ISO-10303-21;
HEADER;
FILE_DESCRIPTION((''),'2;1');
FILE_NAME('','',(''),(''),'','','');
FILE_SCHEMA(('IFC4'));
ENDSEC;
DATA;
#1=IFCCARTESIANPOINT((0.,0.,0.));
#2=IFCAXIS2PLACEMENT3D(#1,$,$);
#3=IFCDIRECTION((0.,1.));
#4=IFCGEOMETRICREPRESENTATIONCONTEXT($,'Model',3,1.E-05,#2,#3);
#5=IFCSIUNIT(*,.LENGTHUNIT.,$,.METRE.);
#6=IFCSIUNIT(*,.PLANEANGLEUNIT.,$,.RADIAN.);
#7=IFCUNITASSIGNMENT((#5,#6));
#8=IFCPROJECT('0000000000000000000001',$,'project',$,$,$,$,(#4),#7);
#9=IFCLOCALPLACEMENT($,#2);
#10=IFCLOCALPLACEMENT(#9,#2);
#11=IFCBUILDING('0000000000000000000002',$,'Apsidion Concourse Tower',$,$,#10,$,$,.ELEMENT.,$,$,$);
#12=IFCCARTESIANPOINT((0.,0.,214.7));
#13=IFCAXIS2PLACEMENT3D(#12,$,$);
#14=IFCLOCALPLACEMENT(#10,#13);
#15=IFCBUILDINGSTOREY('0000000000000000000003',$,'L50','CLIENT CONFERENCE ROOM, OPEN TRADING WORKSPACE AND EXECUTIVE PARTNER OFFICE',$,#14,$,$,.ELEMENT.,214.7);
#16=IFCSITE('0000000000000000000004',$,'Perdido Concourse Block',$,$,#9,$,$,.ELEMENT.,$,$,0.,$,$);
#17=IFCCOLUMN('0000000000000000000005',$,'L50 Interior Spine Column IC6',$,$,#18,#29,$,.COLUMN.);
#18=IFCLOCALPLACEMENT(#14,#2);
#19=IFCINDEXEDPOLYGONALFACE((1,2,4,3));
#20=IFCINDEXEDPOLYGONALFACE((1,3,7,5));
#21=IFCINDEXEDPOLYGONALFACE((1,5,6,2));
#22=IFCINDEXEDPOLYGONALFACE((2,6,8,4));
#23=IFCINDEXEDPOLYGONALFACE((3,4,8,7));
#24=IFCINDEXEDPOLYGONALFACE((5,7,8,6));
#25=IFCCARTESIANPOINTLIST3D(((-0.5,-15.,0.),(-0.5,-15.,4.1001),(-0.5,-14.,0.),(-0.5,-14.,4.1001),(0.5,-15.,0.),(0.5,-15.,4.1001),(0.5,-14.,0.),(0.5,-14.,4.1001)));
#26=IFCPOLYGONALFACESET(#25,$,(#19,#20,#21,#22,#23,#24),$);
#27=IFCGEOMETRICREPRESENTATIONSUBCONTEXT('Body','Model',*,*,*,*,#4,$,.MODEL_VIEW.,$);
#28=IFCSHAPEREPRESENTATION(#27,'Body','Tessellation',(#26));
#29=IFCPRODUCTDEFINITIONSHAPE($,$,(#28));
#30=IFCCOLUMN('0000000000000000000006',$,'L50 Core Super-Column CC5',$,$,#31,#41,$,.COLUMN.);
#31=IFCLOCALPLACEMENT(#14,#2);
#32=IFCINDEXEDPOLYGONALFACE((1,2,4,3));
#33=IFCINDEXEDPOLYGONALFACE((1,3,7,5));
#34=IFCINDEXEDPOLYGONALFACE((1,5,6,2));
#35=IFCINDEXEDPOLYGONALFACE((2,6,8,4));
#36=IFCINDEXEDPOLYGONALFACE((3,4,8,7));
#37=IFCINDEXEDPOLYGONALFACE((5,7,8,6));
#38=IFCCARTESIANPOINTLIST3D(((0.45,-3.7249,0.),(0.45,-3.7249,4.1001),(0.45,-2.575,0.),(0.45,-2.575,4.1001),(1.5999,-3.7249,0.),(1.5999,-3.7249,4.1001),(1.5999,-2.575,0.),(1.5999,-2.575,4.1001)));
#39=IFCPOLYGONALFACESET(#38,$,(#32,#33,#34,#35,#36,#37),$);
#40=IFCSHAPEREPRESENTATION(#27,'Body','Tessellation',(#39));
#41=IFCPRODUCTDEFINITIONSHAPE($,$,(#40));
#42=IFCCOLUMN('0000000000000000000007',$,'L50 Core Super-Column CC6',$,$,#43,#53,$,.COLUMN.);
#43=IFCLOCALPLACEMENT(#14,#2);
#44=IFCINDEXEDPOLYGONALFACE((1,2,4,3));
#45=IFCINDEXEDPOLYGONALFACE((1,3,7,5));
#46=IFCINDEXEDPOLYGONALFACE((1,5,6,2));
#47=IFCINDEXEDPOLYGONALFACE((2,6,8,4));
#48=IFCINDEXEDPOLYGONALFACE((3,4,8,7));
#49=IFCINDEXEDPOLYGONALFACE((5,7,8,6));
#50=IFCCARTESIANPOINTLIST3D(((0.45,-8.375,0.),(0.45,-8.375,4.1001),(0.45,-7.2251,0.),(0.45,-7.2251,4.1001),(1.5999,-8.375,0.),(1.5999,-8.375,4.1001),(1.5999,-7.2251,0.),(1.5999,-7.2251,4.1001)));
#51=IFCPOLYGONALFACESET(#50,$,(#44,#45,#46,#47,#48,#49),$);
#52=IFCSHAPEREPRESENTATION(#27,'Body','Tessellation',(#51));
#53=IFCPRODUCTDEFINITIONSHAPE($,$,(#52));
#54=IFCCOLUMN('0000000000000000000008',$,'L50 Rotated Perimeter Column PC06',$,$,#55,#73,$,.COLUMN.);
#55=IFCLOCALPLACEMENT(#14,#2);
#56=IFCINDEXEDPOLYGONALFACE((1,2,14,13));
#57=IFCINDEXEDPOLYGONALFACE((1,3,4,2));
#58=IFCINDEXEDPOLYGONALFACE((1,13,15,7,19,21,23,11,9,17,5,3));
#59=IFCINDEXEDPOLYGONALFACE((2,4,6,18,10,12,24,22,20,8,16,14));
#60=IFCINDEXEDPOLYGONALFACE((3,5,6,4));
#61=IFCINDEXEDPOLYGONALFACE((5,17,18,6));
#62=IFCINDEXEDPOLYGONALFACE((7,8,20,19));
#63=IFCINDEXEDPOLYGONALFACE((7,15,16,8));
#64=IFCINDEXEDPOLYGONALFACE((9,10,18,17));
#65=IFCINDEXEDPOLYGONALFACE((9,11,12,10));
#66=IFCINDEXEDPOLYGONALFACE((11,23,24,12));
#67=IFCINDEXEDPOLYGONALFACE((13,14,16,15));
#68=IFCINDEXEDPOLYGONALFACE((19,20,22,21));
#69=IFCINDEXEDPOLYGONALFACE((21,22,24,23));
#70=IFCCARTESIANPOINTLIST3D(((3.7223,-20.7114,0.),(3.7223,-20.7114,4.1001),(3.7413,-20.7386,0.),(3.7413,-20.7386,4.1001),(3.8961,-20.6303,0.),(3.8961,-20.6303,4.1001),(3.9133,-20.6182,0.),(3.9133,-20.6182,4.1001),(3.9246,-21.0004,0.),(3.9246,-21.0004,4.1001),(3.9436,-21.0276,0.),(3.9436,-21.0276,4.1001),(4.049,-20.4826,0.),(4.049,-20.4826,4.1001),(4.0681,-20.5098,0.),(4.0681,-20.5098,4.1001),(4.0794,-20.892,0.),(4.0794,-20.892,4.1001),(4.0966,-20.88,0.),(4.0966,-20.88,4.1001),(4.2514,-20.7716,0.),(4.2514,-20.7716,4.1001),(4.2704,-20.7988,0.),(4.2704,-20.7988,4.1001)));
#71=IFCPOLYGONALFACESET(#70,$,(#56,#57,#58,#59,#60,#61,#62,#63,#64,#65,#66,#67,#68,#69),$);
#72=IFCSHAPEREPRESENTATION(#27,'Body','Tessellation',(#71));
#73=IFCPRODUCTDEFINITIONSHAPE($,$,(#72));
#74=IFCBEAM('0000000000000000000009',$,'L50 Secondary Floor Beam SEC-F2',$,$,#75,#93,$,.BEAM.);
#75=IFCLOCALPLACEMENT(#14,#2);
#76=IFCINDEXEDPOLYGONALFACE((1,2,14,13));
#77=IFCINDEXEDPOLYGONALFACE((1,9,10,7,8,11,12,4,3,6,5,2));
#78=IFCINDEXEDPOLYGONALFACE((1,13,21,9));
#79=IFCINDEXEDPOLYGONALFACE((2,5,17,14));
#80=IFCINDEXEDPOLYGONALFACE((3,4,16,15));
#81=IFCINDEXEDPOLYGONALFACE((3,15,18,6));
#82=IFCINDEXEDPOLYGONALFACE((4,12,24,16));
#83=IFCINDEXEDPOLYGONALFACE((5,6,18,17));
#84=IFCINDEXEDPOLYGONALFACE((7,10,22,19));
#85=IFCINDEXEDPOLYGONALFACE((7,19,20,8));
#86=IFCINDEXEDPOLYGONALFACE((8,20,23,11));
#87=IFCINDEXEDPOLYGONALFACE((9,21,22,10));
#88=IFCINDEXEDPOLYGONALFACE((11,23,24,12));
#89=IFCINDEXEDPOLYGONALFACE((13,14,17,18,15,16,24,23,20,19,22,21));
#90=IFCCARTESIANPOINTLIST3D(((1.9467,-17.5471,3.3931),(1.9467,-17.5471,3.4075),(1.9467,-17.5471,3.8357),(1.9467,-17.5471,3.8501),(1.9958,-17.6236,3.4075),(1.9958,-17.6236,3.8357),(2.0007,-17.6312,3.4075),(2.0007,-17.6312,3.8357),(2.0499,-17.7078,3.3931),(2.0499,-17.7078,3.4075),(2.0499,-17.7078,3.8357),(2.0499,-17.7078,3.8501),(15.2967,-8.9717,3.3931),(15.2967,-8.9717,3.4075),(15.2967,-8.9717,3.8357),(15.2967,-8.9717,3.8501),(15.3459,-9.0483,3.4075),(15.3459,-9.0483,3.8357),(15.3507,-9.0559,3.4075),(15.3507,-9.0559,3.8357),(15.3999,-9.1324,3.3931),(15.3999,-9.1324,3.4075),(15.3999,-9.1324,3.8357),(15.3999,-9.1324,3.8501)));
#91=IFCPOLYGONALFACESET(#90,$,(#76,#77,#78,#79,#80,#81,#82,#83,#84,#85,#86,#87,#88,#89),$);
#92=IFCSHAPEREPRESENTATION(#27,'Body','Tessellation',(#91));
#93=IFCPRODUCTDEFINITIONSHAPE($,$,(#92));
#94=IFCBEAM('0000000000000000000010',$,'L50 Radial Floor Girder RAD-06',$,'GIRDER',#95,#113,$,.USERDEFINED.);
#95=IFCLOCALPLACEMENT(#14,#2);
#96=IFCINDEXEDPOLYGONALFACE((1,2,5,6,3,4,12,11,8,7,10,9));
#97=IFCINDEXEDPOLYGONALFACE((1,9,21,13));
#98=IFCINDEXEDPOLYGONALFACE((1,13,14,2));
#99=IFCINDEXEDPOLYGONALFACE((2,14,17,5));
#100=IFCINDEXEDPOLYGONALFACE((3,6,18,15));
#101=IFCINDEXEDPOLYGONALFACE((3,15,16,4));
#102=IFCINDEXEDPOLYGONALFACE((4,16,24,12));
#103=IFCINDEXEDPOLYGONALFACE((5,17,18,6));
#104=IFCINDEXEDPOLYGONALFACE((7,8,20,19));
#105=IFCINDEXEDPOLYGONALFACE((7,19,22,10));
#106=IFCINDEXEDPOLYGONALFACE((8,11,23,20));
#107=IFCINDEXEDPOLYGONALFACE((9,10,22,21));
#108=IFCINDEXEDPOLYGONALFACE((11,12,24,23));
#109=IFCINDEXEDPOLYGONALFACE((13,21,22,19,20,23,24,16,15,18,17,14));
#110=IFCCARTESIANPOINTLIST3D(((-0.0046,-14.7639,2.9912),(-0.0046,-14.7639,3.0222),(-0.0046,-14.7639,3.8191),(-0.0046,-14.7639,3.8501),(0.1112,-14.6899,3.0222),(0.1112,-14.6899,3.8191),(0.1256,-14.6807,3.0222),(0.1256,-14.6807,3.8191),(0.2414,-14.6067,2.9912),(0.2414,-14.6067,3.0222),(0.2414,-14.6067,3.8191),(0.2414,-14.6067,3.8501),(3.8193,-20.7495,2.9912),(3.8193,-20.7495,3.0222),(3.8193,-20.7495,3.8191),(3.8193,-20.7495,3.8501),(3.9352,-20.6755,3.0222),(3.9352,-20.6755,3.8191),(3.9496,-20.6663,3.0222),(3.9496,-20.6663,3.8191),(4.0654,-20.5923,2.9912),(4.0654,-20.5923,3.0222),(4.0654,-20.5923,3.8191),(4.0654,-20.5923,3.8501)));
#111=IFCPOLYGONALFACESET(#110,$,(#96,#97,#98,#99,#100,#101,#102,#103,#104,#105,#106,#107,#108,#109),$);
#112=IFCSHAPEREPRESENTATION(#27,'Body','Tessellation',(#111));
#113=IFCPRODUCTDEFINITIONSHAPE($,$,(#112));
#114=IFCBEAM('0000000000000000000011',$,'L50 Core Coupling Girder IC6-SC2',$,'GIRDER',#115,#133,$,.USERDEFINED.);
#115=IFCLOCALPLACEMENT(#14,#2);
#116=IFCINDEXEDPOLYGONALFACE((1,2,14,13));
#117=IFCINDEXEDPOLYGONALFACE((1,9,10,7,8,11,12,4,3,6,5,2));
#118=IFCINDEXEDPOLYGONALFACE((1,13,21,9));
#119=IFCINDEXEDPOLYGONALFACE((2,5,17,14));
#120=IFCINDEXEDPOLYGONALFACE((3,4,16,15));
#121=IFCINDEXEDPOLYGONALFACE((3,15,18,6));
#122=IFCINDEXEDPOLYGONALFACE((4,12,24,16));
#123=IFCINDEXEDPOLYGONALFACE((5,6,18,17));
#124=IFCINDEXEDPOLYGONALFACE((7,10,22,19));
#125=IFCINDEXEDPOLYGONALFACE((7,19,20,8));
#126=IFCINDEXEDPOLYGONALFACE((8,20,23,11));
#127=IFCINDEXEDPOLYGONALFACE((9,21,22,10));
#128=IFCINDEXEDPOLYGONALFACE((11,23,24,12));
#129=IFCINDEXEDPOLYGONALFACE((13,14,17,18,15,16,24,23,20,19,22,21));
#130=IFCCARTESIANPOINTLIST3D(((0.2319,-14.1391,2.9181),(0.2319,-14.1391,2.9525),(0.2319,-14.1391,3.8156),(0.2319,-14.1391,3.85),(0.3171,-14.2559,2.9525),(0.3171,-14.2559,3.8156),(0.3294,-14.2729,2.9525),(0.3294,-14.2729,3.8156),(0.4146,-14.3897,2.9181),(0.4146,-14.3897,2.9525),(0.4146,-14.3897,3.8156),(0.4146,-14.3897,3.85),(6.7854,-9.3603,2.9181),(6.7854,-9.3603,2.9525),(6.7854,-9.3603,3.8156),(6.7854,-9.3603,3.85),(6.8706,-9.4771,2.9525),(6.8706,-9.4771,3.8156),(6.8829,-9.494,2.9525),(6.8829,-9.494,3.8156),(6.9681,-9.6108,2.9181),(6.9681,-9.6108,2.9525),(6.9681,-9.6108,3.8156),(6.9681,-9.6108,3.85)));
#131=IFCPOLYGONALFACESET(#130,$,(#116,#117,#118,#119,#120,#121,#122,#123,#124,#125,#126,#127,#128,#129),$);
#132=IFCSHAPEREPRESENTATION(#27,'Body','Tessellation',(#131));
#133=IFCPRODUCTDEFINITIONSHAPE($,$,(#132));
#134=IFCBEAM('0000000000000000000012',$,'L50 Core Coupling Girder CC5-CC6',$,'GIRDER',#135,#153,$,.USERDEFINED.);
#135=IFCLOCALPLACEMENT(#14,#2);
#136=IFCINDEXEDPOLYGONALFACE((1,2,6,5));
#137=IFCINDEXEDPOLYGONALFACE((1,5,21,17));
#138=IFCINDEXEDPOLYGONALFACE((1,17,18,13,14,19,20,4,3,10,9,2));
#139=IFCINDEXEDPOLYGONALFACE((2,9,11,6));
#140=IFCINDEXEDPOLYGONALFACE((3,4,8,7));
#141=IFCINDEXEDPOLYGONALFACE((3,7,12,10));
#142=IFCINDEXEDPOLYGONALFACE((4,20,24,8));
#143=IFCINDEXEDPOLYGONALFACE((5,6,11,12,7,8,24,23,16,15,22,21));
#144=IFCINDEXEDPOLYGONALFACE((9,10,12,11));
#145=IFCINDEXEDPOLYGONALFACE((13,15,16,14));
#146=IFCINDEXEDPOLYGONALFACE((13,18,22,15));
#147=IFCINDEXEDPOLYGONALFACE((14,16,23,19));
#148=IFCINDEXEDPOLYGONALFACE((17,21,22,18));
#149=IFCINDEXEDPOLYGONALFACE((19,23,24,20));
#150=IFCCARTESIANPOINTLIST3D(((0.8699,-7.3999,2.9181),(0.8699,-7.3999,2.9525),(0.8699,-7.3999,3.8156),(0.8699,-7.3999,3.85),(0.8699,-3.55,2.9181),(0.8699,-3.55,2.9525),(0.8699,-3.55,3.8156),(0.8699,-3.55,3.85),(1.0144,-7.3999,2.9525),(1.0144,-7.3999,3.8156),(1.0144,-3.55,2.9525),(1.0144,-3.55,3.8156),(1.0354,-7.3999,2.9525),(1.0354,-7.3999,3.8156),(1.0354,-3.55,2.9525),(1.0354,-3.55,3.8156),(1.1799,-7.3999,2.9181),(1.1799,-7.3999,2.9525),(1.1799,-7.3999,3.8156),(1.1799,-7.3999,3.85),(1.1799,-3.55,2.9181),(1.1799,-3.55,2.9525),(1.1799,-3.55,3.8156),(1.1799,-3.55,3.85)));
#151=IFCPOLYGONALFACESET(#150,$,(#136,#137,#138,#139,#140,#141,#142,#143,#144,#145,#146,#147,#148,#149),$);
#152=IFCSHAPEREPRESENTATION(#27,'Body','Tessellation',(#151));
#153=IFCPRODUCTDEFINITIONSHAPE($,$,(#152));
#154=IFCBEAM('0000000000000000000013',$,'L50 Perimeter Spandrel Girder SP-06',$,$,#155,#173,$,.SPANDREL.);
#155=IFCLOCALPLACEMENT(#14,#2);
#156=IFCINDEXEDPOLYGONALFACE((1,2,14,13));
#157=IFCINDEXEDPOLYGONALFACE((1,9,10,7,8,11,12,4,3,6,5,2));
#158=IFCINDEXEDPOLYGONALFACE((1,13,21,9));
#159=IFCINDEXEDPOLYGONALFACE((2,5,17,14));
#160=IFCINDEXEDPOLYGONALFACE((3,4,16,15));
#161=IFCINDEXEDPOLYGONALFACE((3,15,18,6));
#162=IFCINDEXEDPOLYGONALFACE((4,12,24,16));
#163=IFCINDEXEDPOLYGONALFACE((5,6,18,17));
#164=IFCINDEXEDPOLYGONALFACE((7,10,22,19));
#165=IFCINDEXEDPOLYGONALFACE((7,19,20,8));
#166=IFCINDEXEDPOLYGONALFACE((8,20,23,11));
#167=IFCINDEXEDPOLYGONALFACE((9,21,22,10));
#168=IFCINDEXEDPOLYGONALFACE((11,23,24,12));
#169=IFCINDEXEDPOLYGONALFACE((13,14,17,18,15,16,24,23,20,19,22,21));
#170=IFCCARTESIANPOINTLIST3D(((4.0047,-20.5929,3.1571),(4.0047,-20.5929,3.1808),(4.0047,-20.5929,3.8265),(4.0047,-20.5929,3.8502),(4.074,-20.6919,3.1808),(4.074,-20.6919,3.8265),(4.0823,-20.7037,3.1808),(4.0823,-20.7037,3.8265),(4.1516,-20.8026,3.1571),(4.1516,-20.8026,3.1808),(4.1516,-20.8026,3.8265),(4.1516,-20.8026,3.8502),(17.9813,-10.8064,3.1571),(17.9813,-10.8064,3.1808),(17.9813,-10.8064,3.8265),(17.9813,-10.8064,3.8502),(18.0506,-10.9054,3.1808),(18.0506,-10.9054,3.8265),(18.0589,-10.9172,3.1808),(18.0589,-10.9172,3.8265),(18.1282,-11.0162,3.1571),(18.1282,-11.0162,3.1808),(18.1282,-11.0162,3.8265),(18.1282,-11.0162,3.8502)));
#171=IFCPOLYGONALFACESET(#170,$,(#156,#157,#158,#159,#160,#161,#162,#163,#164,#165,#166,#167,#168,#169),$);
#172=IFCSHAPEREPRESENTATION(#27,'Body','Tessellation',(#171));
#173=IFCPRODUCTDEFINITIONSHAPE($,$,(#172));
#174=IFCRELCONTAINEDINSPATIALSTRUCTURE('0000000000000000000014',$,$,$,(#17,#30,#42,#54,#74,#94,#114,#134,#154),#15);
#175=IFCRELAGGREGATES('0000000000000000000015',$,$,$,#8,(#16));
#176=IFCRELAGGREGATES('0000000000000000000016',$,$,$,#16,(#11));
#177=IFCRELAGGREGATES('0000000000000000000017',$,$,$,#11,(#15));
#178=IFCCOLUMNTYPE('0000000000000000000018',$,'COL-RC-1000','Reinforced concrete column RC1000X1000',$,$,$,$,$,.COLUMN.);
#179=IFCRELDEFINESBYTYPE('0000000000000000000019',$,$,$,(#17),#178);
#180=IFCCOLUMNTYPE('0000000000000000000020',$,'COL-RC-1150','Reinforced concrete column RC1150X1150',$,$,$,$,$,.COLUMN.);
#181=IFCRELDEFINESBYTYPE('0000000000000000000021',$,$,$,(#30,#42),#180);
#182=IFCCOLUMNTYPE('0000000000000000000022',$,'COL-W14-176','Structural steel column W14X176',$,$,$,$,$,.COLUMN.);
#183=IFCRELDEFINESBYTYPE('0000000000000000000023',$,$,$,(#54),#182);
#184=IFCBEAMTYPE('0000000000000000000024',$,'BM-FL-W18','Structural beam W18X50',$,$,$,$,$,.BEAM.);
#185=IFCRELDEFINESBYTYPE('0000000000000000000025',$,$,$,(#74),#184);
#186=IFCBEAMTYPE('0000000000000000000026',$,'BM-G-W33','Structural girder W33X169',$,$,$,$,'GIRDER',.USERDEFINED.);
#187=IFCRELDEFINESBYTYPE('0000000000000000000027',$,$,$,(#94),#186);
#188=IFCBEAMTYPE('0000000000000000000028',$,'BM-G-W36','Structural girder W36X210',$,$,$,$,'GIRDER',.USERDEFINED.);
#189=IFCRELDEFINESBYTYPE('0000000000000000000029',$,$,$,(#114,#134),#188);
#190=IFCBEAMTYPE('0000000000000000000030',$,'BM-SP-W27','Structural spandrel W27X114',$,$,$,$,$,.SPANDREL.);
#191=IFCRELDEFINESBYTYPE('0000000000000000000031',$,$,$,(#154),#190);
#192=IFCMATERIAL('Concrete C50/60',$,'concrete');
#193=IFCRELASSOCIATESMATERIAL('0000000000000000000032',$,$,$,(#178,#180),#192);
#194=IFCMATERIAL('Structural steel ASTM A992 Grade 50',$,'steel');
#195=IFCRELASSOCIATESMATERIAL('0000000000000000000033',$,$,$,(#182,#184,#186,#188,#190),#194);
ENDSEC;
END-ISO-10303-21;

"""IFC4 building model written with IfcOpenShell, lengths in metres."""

from ifc_helpers import new_model, si_unit, direction, frame, origin, origin_2d, place, context, subcontext, project, spatial, rectangle, i_section, extrude, material, material_profile, profile_set, type_object, element, save


model = new_model("IFC4")

# Units and contexts
model_context = context("Model", 3, precision=1e-05, world=origin(), true_north=direction((0.0, 1.0)))
body_context = subcontext(model_context, "Body", "Model", "MODEL_VIEW")
ifc_project = project(units=[si_unit("LENGTHUNIT", "METRE"), si_unit("PLANEANGLEUNIT", "RADIAN")], contexts=[model_context])

# Site, building, storey
site_placement = place(None, origin())
site = spatial("IfcSite", under=ifc_project, at=site_placement, Name="Perdido Concourse Block", CompositionType="ELEMENT", RefElevation=0.0)
building_placement = place(site_placement, origin())
building = spatial("IfcBuilding", under=site, at=building_placement, Name="Apsidion Concourse Tower", CompositionType="ELEMENT")
storey_placement = place(building_placement, frame((0.0, 0.0, 214.7)))
storey = spatial("IfcBuildingStorey", under=building, at=storey_placement, Name="L50", Description="CLIENT CONFERENCE ROOM, OPEN TRADING WORKSPACE AND EXECUTIVE PARTNER OFFICE", CompositionType="ELEMENT", Elevation=214.7)

# Columns
ifc_material_1 = material(Name="Concrete C50/60", Category="concrete")
ifc_material_profile_1 = material_profile(ifc_material_1, rectangle(XDim=1.0, YDim=1.0, at=origin_2d()), Name="RC 1000x1000")
ifc_profile_set_1 = profile_set([ifc_material_profile_1], Name="Concrete C50/60")
column_type_1 = type_object("IfcColumnType", Name="COL-RC-1000", Description="Reinforced concrete column RC1000X1000", PredefinedType="COLUMN", material=ifc_profile_set_1)
column_1_placement = place(storey_placement, frame((0.0, -14.5, 0.0), z_axis=(0.0, 0.0, 1.0), x_axis=(1.0, 0.0, 0.0)))
element("IfcColumn", 1, at=column_1_placement, inside=storey, type_object=column_type_1, Name="L50 Interior Spine Column IC6", PredefinedType="COLUMN", context=body_context, shape_type="SweptSolid", body=[
    extrude(rectangle(XDim=1.0, YDim=1.0, at=origin_2d()), origin(), (0.0, 0.0, 1.0), 4.1001),
])
ifc_material_profile_2 = material_profile(ifc_material_1, rectangle(XDim=1.1499, YDim=1.1499, at=origin_2d()), Name="RC 1150x1150")
ifc_profile_set_2 = profile_set([ifc_material_profile_2], Name="Concrete C50/60")
column_type_2 = type_object("IfcColumnType", Name="COL-RC-1150", Description="Reinforced concrete column RC1150X1150", PredefinedType="COLUMN", material=ifc_profile_set_2)
for number, where, z_axis, x_axis, name in (
    (2, (1.0249, -3.1499, 0.0), (0.0, 0.0, 1.0), (1.0, 0.0, 0.0), "L50 Core Super-Column CC5"),
    (3, (1.0249, -7.8, 0.0), (0.0, 0.0, 1.0), (1.0, 0.0, 0.0), "L50 Core Super-Column CC6"),
):
    element("IfcColumn", number, at=place(storey_placement, frame(where, z_axis=z_axis, x_axis=x_axis)), inside=storey, type_object=column_type_2, Name=name, PredefinedType="COLUMN", context=body_context, shape_type="SweptSolid", body=[
        extrude(rectangle(XDim=1.1499, YDim=1.1499, at=origin_2d()), origin(), (0.0, 0.0, 1.0), 4.1001),
    ])
ifc_material_2 = material(Name="Structural steel ASTM A992 Grade 50", Category="steel")
ifc_material_profile_3 = material_profile(ifc_material_2, i_section(OverallWidth=0.3989, OverallDepth=0.386, WebThickness=0.021, FlangeThickness=0.0332, at=origin_2d()), Name="W14X176")
ifc_profile_set_3 = profile_set([ifc_material_profile_3], Name="Structural steel ASTM A992 Grade 50")
column_type_3 = type_object("IfcColumnType", Name="COL-W14-176", Description="Structural steel column W14X176", PredefinedType="COLUMN", material=ifc_profile_set_3)
column_2_placement = place(storey_placement, frame((3.9963, -20.7551, 0.0), z_axis=(0.0, 0.0, 1.0), x_axis=(0.819152, 0.573576, 0.0)))
element("IfcColumn", 4, at=column_2_placement, inside=storey, type_object=column_type_3, Name="L50 Rotated Perimeter Column PC06", PredefinedType="COLUMN", context=body_context, shape_type="SweptSolid", body=[
    extrude(i_section(OverallWidth=0.3989, OverallDepth=0.386, WebThickness=0.021, FlangeThickness=0.0332, at=origin_2d()), origin(), (0.0, 0.0, 1.0), 4.1001),
])

# Beams
ifc_material_profile_4 = material_profile(ifc_material_2, i_section(OverallWidth=0.1909, OverallDepth=0.457, WebThickness=0.009, FlangeThickness=0.0144, at=origin_2d()), Name="W18X50")
ifc_profile_set_4 = profile_set([ifc_material_profile_4], Name="Structural steel ASTM A992 Grade 50")
beam_type_1 = type_object("IfcBeamType", Name="BM-FL-W18", Description="Structural beam W18X50", PredefinedType="BEAM", material=ifc_profile_set_4)
beam_1_placement = place(storey_placement, frame((1.9983, -17.6274, 3.6216), z_axis=(0.841372, 0.540456, 0.0), x_axis=(-0.540456, 0.841372, 0.0)))
element("IfcBeam", 5, at=beam_1_placement, inside=storey, type_object=beam_type_1, Name="L50 Secondary Floor Beam SEC-F2", PredefinedType="BEAM", context=body_context, shape_type="SweptSolid", body=[
    extrude(i_section(OverallWidth=0.1909, OverallDepth=0.457, WebThickness=0.009, FlangeThickness=0.0144, at=origin_2d()), origin(), (0.0, 0.0, 1.0), 15.8669),
])
ifc_material_profile_5 = material_profile(ifc_material_2, i_section(OverallWidth=0.292, OverallDepth=0.8589, WebThickness=0.0171, FlangeThickness=0.031, at=origin_2d()), Name="W33X169")
ifc_profile_set_5 = profile_set([ifc_material_profile_5], Name="Structural steel ASTM A992 Grade 50")
beam_type_2 = type_object("IfcBeamType", Name="BM-G-W33", Description="Structural girder W33X169", ElementType="GIRDER", PredefinedType="USERDEFINED", material=ifc_profile_set_5)
beam_2_placement = place(storey_placement, frame((0.1184, -14.6853, 3.4207), z_axis=(0.538374, -0.842706, 0.0), x_axis=(0.842706, 0.538374, 0.0)))
element("IfcBeam", 6, at=beam_2_placement, inside=storey, type_object=beam_type_2, Name="L50 Radial Floor Girder RAD-06", ObjectType="GIRDER", PredefinedType="USERDEFINED", context=body_context, shape_type="SweptSolid", body=[
    extrude(i_section(OverallWidth=0.292, OverallDepth=0.8589, WebThickness=0.0171, FlangeThickness=0.031, at=origin_2d()), origin(), (0.0, 0.0, 1.0), 7.1028),
])
ifc_material_profile_6 = material_profile(ifc_material_2, i_section(OverallWidth=0.3101, OverallDepth=0.9319, WebThickness=0.021, FlangeThickness=0.0344, at=origin_2d()), Name="W36X210")
ifc_profile_set_6 = profile_set([ifc_material_profile_6], Name="Structural steel ASTM A992 Grade 50")
beam_type_3 = type_object("IfcBeamType", Name="BM-G-W36", Description="Structural girder W36X210", ElementType="GIRDER", PredefinedType="USERDEFINED", material=ifc_profile_set_6)
beam_3_placement = place(storey_placement, frame((0.3232, -14.2644, 3.384), z_axis=(0.807993, 0.589191, 0.0), x_axis=(-0.589191, 0.807993, 0.0)))
element("IfcBeam", 7, at=beam_3_placement, inside=storey, type_object=beam_type_3, Name="L50 Core Coupling Girder IC6-SC2", ObjectType="GIRDER", PredefinedType="USERDEFINED", context=body_context, shape_type="SweptSolid", body=[
    extrude(i_section(OverallWidth=0.3101, OverallDepth=0.9319, WebThickness=0.021, FlangeThickness=0.0344, at=origin_2d()), origin(), (0.0, 0.0, 1.0), 8.1108),
])
beam_4_placement = place(storey_placement, frame((1.0249, -3.55, 3.384), z_axis=(0.0, -1.0, 0.0), x_axis=(1.0, 0.0, 0.0)))
element("IfcBeam", 8, at=beam_4_placement, inside=storey, type_object=beam_type_3, Name="L50 Core Coupling Girder CC5-CC6", ObjectType="GIRDER", PredefinedType="USERDEFINED", context=body_context, shape_type="SweptSolid", body=[
    extrude(i_section(OverallWidth=0.3101, OverallDepth=0.9319, WebThickness=0.021, FlangeThickness=0.0344, at=origin_2d()), origin(), (0.0, 0.0, 1.0), 3.8499),
])
ifc_material_profile_7 = material_profile(ifc_material_2, i_section(OverallWidth=0.2561, OverallDepth=0.6931, WebThickness=0.0144, FlangeThickness=0.0237, at=origin_2d()), Name="W27X114")
ifc_profile_set_7 = profile_set([ifc_material_profile_7], Name="Structural steel ASTM A992 Grade 50")
beam_type_4 = type_object("IfcBeamType", Name="BM-SP-W27", Description="Structural spandrel W27X114", PredefinedType="SPANDREL", material=ifc_profile_set_7)
beam_5_placement = place(storey_placement, frame((4.0781, -20.6978, 3.5037), z_axis=(0.819155, 0.573572, 0.0), x_axis=(-0.573572, 0.819155, 0.0)))
element("IfcBeam", 9, at=beam_5_placement, inside=storey, type_object=beam_type_4, Name="L50 Perimeter Spandrel Girder SP-06", PredefinedType="SPANDREL", context=body_context, shape_type="SweptSolid", body=[
    extrude(i_section(OverallWidth=0.2561, OverallDepth=0.6931, WebThickness=0.0144, FlangeThickness=0.0237, at=origin_2d()), origin(), (0.0, 0.0, 1.0), 17.0623),
])

save(model, "model.ifc")
